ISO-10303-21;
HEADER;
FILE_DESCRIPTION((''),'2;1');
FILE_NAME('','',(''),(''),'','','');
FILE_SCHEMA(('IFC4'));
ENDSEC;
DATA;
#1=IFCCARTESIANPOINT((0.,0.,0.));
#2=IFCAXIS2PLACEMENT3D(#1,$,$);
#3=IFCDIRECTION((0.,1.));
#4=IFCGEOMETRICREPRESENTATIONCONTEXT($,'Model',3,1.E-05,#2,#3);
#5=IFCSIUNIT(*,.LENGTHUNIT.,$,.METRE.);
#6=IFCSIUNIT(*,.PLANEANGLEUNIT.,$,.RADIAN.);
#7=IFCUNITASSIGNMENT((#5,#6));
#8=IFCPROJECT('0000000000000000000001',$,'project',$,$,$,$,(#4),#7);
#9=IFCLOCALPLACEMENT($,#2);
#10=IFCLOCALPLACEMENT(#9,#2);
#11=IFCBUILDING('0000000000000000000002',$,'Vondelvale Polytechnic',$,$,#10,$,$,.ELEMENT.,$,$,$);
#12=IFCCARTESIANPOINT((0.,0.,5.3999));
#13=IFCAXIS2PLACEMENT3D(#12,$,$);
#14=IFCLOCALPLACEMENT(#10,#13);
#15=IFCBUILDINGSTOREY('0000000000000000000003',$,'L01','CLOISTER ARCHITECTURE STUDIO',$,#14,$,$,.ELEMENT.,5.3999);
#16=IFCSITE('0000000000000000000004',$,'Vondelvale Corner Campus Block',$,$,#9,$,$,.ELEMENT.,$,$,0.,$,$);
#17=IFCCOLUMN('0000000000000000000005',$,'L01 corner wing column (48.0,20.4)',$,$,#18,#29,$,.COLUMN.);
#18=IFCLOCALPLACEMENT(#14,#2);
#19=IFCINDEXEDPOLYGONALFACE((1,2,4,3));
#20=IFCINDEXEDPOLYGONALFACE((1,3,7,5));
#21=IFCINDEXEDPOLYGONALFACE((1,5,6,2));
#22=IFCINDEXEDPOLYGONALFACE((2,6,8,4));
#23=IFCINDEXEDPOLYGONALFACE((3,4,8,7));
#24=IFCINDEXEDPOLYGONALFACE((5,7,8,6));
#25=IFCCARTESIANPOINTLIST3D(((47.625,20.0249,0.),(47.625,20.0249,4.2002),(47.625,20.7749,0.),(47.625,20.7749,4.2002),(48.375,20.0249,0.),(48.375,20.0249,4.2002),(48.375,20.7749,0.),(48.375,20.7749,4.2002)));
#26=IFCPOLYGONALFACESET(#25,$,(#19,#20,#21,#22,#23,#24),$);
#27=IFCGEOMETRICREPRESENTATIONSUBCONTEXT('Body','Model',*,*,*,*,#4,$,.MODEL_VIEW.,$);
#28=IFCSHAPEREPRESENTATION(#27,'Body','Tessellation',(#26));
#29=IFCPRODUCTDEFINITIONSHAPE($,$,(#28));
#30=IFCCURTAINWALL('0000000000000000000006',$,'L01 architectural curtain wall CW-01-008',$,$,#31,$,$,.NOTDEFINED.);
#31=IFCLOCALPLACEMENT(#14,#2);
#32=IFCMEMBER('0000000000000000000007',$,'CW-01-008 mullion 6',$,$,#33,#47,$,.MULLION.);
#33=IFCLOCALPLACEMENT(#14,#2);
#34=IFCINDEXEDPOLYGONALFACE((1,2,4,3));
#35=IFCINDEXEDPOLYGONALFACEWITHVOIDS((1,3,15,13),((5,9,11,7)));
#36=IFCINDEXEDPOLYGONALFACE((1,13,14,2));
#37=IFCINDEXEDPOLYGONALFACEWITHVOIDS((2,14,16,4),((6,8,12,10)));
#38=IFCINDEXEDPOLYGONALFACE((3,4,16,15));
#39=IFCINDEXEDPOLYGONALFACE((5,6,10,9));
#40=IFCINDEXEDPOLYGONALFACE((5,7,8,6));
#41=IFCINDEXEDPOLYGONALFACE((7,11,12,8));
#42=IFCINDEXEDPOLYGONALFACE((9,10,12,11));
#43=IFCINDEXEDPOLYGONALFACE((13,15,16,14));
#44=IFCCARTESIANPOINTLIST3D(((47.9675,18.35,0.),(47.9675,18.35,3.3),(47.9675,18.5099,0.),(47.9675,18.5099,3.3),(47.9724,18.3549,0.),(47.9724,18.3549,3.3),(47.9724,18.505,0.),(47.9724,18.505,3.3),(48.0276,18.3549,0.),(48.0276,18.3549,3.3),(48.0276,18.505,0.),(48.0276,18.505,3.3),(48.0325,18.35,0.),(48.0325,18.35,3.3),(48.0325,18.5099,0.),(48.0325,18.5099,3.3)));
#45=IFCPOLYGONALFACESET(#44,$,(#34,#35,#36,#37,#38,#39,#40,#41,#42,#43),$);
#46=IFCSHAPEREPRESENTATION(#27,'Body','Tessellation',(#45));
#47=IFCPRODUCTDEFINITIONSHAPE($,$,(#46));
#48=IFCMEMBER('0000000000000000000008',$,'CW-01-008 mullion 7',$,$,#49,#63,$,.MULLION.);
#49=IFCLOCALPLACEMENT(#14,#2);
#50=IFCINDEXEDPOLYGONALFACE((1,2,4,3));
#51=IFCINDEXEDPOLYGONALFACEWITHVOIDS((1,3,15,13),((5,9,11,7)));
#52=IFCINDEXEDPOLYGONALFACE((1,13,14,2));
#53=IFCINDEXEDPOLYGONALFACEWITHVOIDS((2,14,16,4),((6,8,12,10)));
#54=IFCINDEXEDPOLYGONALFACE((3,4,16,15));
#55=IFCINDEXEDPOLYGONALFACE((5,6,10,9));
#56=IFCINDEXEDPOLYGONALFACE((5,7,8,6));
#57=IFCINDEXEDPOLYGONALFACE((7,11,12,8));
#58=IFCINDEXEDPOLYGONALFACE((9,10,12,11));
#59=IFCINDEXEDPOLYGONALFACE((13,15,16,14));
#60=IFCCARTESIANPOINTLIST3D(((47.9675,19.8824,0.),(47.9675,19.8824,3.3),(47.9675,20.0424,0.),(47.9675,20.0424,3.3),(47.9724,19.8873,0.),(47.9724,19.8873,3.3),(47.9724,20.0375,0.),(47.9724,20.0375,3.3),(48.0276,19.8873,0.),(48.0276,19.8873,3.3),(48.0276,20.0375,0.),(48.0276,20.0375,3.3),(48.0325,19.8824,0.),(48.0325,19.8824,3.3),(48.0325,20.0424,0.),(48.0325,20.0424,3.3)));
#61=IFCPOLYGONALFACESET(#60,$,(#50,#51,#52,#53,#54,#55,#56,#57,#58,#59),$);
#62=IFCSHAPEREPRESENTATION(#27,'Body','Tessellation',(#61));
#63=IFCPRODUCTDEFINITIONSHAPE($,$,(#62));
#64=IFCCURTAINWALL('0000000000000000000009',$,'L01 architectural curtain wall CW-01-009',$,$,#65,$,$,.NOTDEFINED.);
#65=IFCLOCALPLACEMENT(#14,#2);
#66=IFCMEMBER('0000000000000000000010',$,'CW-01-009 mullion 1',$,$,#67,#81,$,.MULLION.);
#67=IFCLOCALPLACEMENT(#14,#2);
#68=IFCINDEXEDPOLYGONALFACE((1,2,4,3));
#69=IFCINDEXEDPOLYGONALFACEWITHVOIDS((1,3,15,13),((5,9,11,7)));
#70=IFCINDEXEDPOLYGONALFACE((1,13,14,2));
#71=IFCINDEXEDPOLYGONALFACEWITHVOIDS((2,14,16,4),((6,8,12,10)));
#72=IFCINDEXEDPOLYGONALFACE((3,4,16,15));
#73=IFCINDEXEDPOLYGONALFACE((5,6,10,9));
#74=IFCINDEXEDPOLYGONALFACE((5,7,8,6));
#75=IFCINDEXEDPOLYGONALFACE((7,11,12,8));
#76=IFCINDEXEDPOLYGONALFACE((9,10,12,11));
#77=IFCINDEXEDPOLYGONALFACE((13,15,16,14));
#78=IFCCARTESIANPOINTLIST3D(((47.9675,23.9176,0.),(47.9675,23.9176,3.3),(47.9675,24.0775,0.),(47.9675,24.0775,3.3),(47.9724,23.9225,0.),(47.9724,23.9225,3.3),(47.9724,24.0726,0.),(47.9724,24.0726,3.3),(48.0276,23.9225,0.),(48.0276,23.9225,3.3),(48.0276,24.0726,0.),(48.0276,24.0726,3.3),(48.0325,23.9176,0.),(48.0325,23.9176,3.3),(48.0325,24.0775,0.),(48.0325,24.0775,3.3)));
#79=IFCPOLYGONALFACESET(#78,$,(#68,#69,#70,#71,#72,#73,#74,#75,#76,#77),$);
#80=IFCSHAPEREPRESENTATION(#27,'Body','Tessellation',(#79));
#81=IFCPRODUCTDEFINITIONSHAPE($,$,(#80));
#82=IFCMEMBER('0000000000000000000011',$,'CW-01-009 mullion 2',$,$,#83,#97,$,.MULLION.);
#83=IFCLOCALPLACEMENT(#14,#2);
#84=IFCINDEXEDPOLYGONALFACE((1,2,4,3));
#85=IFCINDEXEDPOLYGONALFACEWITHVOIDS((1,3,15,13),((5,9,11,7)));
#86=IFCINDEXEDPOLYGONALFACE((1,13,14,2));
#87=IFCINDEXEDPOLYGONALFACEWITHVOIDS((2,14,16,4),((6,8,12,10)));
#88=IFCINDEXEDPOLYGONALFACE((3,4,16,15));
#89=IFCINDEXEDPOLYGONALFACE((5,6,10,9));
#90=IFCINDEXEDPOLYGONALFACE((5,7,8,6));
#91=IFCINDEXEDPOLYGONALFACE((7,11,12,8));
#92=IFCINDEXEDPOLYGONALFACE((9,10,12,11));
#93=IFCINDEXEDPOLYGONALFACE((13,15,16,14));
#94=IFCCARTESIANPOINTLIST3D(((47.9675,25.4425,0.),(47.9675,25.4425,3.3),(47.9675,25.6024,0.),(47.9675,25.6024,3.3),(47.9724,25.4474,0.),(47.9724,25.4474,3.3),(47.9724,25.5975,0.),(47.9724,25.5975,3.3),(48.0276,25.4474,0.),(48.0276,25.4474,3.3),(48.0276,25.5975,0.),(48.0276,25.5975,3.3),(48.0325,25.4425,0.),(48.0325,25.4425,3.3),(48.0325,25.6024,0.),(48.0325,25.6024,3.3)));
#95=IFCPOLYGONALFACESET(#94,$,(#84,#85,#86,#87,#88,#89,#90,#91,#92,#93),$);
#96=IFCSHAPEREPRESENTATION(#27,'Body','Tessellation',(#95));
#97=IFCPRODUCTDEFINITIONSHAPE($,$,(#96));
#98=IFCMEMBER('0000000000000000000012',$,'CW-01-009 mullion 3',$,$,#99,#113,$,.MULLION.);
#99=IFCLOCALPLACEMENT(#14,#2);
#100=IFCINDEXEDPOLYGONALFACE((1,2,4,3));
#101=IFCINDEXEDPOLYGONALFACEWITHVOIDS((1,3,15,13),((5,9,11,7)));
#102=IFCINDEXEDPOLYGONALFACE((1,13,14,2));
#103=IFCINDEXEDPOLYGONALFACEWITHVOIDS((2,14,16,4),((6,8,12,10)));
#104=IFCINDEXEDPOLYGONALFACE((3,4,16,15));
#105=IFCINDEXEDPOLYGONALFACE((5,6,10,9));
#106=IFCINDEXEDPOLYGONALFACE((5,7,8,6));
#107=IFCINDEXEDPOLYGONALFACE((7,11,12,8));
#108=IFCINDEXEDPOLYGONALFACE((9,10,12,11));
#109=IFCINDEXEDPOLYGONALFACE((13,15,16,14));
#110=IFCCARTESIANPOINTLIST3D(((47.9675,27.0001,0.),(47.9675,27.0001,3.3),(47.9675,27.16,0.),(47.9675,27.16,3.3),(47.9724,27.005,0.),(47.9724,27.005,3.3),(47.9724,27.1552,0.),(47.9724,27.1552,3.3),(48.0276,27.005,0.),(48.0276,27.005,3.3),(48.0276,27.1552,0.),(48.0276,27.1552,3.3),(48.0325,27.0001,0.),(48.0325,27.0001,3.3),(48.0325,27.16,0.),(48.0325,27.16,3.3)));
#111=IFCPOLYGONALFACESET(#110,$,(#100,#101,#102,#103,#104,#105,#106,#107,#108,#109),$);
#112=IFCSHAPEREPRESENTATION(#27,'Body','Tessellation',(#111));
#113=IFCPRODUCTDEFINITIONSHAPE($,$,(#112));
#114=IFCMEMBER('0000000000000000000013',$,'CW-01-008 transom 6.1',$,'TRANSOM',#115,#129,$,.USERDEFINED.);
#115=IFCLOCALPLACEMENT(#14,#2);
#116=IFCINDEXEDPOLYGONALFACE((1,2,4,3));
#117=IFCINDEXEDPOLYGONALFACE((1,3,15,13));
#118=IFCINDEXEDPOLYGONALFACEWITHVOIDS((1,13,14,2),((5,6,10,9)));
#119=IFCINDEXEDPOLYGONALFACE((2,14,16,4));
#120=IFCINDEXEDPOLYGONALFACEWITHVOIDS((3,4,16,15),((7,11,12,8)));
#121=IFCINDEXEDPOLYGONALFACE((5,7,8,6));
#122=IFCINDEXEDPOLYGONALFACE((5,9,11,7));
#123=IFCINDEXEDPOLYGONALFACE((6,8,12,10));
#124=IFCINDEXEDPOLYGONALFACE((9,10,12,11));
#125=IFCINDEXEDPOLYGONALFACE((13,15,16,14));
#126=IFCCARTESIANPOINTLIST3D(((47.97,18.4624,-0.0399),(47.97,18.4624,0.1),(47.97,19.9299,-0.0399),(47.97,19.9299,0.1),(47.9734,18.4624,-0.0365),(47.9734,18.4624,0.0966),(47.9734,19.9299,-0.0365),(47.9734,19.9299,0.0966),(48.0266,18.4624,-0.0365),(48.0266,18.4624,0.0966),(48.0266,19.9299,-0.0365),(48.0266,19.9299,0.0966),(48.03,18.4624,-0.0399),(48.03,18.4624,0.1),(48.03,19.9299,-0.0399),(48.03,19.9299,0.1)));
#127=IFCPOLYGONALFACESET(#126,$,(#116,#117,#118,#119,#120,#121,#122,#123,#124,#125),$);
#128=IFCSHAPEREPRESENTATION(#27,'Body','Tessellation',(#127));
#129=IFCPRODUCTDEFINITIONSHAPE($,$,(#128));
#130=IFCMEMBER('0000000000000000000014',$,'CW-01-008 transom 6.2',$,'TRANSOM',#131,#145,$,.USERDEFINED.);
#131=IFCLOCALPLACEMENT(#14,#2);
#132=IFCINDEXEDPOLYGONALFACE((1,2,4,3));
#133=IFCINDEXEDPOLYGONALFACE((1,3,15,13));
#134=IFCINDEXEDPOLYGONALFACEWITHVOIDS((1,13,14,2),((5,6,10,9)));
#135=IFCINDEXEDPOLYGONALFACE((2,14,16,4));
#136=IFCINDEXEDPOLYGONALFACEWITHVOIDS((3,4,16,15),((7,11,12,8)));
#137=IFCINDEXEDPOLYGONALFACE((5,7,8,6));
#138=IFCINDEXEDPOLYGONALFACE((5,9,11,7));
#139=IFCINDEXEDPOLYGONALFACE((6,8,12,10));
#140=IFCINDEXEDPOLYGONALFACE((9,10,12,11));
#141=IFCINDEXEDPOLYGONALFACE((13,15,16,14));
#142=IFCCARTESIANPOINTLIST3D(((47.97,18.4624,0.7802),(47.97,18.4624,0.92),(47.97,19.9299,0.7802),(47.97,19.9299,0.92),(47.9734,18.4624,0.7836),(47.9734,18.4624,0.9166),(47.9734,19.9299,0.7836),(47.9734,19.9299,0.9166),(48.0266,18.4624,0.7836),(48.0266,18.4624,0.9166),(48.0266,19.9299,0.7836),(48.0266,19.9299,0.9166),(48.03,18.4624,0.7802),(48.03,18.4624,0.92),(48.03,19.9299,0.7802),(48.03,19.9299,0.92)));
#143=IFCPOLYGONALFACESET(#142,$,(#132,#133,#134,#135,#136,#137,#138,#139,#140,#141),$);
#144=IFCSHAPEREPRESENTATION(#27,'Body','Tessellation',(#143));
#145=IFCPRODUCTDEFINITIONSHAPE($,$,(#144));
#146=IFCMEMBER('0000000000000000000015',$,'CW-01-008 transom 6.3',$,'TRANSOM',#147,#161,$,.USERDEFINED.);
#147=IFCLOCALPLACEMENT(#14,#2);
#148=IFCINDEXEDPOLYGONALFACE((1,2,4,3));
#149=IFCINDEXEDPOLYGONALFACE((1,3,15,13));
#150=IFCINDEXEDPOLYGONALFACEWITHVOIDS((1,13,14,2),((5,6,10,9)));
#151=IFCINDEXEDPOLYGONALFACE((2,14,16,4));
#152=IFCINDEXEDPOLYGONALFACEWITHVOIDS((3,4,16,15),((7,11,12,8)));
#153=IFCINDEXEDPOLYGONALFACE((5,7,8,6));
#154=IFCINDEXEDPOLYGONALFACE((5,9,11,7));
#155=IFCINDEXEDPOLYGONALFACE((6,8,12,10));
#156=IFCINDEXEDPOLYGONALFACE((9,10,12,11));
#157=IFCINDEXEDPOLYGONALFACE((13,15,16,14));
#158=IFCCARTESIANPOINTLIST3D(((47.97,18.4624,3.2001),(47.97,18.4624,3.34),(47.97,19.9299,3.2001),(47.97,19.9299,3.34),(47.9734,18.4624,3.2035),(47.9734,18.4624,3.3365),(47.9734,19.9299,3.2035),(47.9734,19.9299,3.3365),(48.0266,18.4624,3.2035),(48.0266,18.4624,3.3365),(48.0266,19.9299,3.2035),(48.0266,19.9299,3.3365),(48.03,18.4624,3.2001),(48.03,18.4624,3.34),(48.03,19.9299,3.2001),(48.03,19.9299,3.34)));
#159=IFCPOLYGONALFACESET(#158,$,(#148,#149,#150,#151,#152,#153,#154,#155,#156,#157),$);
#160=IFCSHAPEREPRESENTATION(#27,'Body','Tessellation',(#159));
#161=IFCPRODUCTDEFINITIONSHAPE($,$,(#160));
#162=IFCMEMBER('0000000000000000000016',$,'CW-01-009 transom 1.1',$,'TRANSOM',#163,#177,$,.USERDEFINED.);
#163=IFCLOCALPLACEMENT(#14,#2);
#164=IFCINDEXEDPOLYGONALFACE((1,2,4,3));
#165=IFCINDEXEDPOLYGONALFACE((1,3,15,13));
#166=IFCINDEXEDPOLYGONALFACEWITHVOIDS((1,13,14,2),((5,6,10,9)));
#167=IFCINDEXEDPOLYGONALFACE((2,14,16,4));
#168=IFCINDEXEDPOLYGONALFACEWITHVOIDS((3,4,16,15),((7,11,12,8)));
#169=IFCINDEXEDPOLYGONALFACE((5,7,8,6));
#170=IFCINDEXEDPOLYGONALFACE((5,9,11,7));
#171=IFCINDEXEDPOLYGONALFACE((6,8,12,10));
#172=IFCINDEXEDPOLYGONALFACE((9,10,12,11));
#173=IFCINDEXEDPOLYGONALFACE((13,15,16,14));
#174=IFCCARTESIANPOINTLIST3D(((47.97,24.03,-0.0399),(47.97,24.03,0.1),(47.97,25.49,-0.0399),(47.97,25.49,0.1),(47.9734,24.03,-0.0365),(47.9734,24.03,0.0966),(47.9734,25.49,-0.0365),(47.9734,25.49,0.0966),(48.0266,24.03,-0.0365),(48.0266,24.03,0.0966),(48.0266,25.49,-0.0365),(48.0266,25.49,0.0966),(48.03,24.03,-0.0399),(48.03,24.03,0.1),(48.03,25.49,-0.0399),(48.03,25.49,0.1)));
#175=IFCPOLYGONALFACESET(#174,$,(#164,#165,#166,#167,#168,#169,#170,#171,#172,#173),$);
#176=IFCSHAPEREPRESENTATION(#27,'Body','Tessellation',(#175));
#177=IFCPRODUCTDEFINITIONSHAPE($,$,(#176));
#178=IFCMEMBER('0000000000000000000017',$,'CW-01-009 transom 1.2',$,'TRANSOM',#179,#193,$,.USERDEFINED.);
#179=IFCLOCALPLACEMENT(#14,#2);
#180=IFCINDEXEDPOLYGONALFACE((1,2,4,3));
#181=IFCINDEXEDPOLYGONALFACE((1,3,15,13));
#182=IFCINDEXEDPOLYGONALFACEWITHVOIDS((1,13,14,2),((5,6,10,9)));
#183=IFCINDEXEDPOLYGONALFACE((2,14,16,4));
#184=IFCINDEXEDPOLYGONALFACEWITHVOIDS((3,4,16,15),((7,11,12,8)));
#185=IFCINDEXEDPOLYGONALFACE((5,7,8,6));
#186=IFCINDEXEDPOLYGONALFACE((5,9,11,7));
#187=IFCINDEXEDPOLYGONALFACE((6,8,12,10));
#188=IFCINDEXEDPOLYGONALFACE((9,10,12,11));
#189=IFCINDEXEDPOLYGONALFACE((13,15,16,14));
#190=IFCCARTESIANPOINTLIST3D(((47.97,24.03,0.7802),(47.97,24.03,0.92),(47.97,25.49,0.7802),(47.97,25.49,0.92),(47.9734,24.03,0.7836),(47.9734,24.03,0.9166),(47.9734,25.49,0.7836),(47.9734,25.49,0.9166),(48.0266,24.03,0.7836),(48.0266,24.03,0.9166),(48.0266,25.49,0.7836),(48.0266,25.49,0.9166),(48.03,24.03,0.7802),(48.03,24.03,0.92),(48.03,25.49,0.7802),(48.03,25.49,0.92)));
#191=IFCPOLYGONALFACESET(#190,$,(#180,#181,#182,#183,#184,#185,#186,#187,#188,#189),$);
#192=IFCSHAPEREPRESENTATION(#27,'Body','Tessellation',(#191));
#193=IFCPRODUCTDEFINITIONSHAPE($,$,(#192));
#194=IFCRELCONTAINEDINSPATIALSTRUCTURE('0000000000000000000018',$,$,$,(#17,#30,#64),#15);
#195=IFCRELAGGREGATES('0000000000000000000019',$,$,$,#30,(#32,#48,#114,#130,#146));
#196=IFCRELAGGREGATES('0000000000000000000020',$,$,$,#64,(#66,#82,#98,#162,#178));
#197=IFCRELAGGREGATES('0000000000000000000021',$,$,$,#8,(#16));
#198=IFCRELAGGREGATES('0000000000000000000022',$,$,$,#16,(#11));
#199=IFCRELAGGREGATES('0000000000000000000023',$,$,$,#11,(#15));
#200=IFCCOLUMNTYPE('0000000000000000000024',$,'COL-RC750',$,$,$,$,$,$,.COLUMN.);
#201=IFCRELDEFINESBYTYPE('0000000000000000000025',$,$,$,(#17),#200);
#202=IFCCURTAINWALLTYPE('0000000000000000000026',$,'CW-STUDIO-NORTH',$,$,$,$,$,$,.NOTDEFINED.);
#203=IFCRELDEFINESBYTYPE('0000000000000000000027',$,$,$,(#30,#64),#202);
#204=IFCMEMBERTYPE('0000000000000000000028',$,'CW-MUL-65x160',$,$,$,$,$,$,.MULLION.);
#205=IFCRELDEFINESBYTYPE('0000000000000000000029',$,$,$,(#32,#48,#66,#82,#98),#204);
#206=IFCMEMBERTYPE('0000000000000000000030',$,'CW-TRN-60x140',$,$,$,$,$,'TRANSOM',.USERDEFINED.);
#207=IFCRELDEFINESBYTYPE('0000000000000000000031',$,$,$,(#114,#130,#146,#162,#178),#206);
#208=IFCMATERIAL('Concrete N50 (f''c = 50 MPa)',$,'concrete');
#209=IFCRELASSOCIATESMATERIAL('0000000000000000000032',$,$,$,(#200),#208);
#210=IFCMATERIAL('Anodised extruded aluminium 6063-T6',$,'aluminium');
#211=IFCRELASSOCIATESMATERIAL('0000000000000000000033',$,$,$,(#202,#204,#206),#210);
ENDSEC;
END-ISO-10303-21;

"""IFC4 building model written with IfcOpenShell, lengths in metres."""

from ifc_helpers import new_model, si_unit, direction, frame, origin, origin_2d, place, context, subcontext, project, spatial, rectangle, hollow_rectangle, extrude, material, material_profile, profile_set, type_object, element, aggregate, save


model = new_model("IFC4")

# Units and contexts
model_context = context("Model", 3, precision=1e-05, world=origin(), true_north=direction((0.0, 1.0)))
body_context = subcontext(model_context, "Body", "Model", "MODEL_VIEW")
ifc_project = project(units=[si_unit("LENGTHUNIT", "METRE"), si_unit("PLANEANGLEUNIT", "RADIAN")], contexts=[model_context])

# Site, building, storey
site_placement = place(None, origin())
site = spatial("IfcSite", under=ifc_project, at=site_placement, Name="Vondelvale Corner Campus Block", CompositionType="ELEMENT", RefElevation=0.0)
building_placement = place(site_placement, origin())
building = spatial("IfcBuilding", under=site, at=building_placement, Name="Vondelvale Polytechnic", CompositionType="ELEMENT")
storey_placement = place(building_placement, frame((0.0, 0.0, 5.3999)))
storey = spatial("IfcBuildingStorey", under=building, at=storey_placement, Name="L01", Description="CLOISTER ARCHITECTURE STUDIO", CompositionType="ELEMENT", Elevation=5.3999)

# Column
ifc_material_1 = material(Name="Concrete N50 (f'c = 50 MPa)", Category="concrete")
ifc_material_profile_1 = material_profile(ifc_material_1, rectangle(XDim=0.75, YDim=0.75, at=origin_2d()), Name="RC-COL-750x750")
ifc_profile_set_1 = profile_set([ifc_material_profile_1], Name="Concrete N50 (f'c = 50 MPa)")
column_type = type_object("IfcColumnType", Name="COL-RC750", PredefinedType="COLUMN", material=ifc_profile_set_1)
column_placement = place(storey_placement, frame((48.0, 20.3999, 0.0), z_axis=(0.0, 0.0, 1.0), x_axis=(1.0, 0.0, 0.0)))
element("IfcColumn", 1, at=column_placement, inside=storey, type_object=column_type, Name="L01 corner wing column (48.0,20.4)", PredefinedType="COLUMN", context=body_context, shape_type="SweptSolid", body=[
    extrude(rectangle(XDim=0.75, YDim=0.75, at=origin_2d()), origin(), (0.0, 0.0, 1.0), 4.2002),
])

# Curtain walls, members
ifc_material_2 = material(Name="Anodised extruded aluminium 6063-T6", Category="aluminium")
curtain_wall_type = type_object("IfcCurtainWallType", Name="CW-STUDIO-NORTH", PredefinedType="NOTDEFINED", material=ifc_material_2)
curtain_wall_1_placement = place(storey_placement, origin())
curtain_wall_1 = element("IfcCurtainWall", 2, at=curtain_wall_1_placement, inside=storey, type_object=curtain_wall_type, Name="L01 architectural curtain wall CW-01-008", PredefinedType="NOTDEFINED")
ifc_material_profile_2 = material_profile(ifc_material_2, hollow_rectangle(XDim=0.0649, YDim=0.1599, WallThickness=0.0049, at=origin_2d()), Name="CW-MUL-160x65")
ifc_profile_set_2 = profile_set([ifc_material_profile_2], Name="Anodised extruded aluminium 6063-T6")
member_type_1 = type_object("IfcMemberType", Name="CW-MUL-65x160", PredefinedType="MULLION", material=ifc_profile_set_2)
member_1_placement = place(storey_placement, frame((48.0, 18.4299, 0.0), z_axis=(0.0, 0.0, 1.0), x_axis=(-1.0, 0.0, 0.0)))
member_1 = element("IfcMember", 3, at=member_1_placement, type_object=member_type_1, Name="CW-01-008 mullion 6", PredefinedType="MULLION", context=body_context, shape_type="SweptSolid", body=[
    extrude(hollow_rectangle(XDim=0.0649, YDim=0.1599, WallThickness=0.0049, at=origin_2d()), origin(), (0.0, 0.0, 1.0), 3.3),
])
member_2_placement = place(storey_placement, frame((48.0, 19.9624, 0.0), z_axis=(0.0, 0.0, 1.0), x_axis=(-1.0, 0.0, 0.0)))
member_2 = element("IfcMember", 4, at=member_2_placement, type_object=member_type_1, Name="CW-01-008 mullion 7", PredefinedType="MULLION", context=body_context, shape_type="SweptSolid", body=[
    extrude(hollow_rectangle(XDim=0.0649, YDim=0.1599, WallThickness=0.0049, at=origin_2d()), origin(), (0.0, 0.0, 1.0), 3.3),
])
curtain_wall_2_placement = place(storey_placement, origin())
curtain_wall_2 = element("IfcCurtainWall", 5, at=curtain_wall_2_placement, inside=storey, type_object=curtain_wall_type, Name="L01 architectural curtain wall CW-01-009", PredefinedType="NOTDEFINED")
member_3_placement = place(storey_placement, frame((48.0, 23.9976, 0.0), z_axis=(0.0, 0.0, 1.0), x_axis=(-1.0, 0.0, 0.0)))
member_3 = element("IfcMember", 6, at=member_3_placement, type_object=member_type_1, Name="CW-01-009 mullion 1", PredefinedType="MULLION", context=body_context, shape_type="SweptSolid", body=[
    extrude(hollow_rectangle(XDim=0.0649, YDim=0.1599, WallThickness=0.0049, at=origin_2d()), origin(), (0.0, 0.0, 1.0), 3.3),
])
member_4_placement = place(storey_placement, frame((48.0, 25.5225, 0.0), z_axis=(0.0, 0.0, 1.0), x_axis=(-1.0, 0.0, 0.0)))
member_4 = element("IfcMember", 7, at=member_4_placement, type_object=member_type_1, Name="CW-01-009 mullion 2", PredefinedType="MULLION", context=body_context, shape_type="SweptSolid", body=[
    extrude(hollow_rectangle(XDim=0.0649, YDim=0.1599, WallThickness=0.0049, at=origin_2d()), origin(), (0.0, 0.0, 1.0), 3.3),
])
member_5_placement = place(storey_placement, frame((48.0, 27.0801, 0.0), z_axis=(0.0, 0.0, 1.0), x_axis=(-1.0, 0.0, 0.0)))
member_5 = element("IfcMember", 8, at=member_5_placement, type_object=member_type_1, Name="CW-01-009 mullion 3", PredefinedType="MULLION", context=body_context, shape_type="SweptSolid", body=[
    extrude(hollow_rectangle(XDim=0.0649, YDim=0.1599, WallThickness=0.0049, at=origin_2d()), origin(), (0.0, 0.0, 1.0), 3.3),
])

# Members
ifc_material_profile_3 = material_profile(ifc_material_2, hollow_rectangle(XDim=0.0601, YDim=0.1399, WallThickness=0.0034, at=origin_2d()), Name="CW-TRN-140x60")
ifc_profile_set_3 = profile_set([ifc_material_profile_3], Name="Anodised extruded aluminium 6063-T6")
member_type_2 = type_object("IfcMemberType", Name="CW-TRN-60x140", ElementType="TRANSOM", PredefinedType="USERDEFINED", material=ifc_profile_set_3)
member_6_placement = place(storey_placement, frame((48.0, 18.4624, 0.03), z_axis=(0.0, 1.0, 0.0), x_axis=(-1.0, 0.0, 0.0)))
member_6 = element("IfcMember", 9, at=member_6_placement, type_object=member_type_2, Name="CW-01-008 transom 6.1", ObjectType="TRANSOM", PredefinedType="USERDEFINED", context=body_context, shape_type="SweptSolid", body=[
    extrude(hollow_rectangle(XDim=0.0601, YDim=0.1399, WallThickness=0.0034, at=origin_2d()), origin(), (0.0, 0.0, 1.0), 1.4675),
])
member_7_placement = place(storey_placement, frame((48.0, 18.4624, 0.8501), z_axis=(0.0, 1.0, 0.0), x_axis=(-1.0, 0.0, 0.0)))
member_7 = element("IfcMember", 10, at=member_7_placement, type_object=member_type_2, Name="CW-01-008 transom 6.2", ObjectType="TRANSOM", PredefinedType="USERDEFINED", context=body_context, shape_type="SweptSolid", body=[
    extrude(hollow_rectangle(XDim=0.0601, YDim=0.1399, WallThickness=0.0034, at=origin_2d()), origin(), (0.0, 0.0, 1.0), 1.4675),
])
member_8_placement = place(storey_placement, frame((48.0, 18.4624, 3.27), z_axis=(0.0, 1.0, 0.0), x_axis=(-1.0, 0.0, 0.0)))
member_8 = element("IfcMember", 11, at=member_8_placement, type_object=member_type_2, Name="CW-01-008 transom 6.3", ObjectType="TRANSOM", PredefinedType="USERDEFINED", context=body_context, shape_type="SweptSolid", body=[
    extrude(hollow_rectangle(XDim=0.0601, YDim=0.1399, WallThickness=0.0034, at=origin_2d()), origin(), (0.0, 0.0, 1.0), 1.4675),
])
member_9_placement = place(storey_placement, frame((48.0, 24.03, 0.03), z_axis=(0.0, 1.0, 0.0), x_axis=(-1.0, 0.0, 0.0)))
member_9 = element("IfcMember", 12, at=member_9_placement, type_object=member_type_2, Name="CW-01-009 transom 1.1", ObjectType="TRANSOM", PredefinedType="USERDEFINED", context=body_context, shape_type="SweptSolid", body=[
    extrude(hollow_rectangle(XDim=0.0601, YDim=0.1399, WallThickness=0.0034, at=origin_2d()), origin(), (0.0, 0.0, 1.0), 1.46),
])
member_10_placement = place(storey_placement, frame((48.0, 24.03, 0.8501), z_axis=(0.0, 1.0, 0.0), x_axis=(-1.0, 0.0, 0.0)))
member_10 = element("IfcMember", 13, at=member_10_placement, type_object=member_type_2, Name="CW-01-009 transom 1.2", ObjectType="TRANSOM", PredefinedType="USERDEFINED", context=body_context, shape_type="SweptSolid", body=[
    extrude(hollow_rectangle(XDim=0.0601, YDim=0.1399, WallThickness=0.0034, at=origin_2d()), origin(), (0.0, 0.0, 1.0), 1.46),
])

aggregate(curtain_wall_1, [member_1, member_2, member_6, member_7, member_8])
aggregate(curtain_wall_2, [member_3, member_4, member_5, member_9, member_10])

save(model, "model.ifc")
